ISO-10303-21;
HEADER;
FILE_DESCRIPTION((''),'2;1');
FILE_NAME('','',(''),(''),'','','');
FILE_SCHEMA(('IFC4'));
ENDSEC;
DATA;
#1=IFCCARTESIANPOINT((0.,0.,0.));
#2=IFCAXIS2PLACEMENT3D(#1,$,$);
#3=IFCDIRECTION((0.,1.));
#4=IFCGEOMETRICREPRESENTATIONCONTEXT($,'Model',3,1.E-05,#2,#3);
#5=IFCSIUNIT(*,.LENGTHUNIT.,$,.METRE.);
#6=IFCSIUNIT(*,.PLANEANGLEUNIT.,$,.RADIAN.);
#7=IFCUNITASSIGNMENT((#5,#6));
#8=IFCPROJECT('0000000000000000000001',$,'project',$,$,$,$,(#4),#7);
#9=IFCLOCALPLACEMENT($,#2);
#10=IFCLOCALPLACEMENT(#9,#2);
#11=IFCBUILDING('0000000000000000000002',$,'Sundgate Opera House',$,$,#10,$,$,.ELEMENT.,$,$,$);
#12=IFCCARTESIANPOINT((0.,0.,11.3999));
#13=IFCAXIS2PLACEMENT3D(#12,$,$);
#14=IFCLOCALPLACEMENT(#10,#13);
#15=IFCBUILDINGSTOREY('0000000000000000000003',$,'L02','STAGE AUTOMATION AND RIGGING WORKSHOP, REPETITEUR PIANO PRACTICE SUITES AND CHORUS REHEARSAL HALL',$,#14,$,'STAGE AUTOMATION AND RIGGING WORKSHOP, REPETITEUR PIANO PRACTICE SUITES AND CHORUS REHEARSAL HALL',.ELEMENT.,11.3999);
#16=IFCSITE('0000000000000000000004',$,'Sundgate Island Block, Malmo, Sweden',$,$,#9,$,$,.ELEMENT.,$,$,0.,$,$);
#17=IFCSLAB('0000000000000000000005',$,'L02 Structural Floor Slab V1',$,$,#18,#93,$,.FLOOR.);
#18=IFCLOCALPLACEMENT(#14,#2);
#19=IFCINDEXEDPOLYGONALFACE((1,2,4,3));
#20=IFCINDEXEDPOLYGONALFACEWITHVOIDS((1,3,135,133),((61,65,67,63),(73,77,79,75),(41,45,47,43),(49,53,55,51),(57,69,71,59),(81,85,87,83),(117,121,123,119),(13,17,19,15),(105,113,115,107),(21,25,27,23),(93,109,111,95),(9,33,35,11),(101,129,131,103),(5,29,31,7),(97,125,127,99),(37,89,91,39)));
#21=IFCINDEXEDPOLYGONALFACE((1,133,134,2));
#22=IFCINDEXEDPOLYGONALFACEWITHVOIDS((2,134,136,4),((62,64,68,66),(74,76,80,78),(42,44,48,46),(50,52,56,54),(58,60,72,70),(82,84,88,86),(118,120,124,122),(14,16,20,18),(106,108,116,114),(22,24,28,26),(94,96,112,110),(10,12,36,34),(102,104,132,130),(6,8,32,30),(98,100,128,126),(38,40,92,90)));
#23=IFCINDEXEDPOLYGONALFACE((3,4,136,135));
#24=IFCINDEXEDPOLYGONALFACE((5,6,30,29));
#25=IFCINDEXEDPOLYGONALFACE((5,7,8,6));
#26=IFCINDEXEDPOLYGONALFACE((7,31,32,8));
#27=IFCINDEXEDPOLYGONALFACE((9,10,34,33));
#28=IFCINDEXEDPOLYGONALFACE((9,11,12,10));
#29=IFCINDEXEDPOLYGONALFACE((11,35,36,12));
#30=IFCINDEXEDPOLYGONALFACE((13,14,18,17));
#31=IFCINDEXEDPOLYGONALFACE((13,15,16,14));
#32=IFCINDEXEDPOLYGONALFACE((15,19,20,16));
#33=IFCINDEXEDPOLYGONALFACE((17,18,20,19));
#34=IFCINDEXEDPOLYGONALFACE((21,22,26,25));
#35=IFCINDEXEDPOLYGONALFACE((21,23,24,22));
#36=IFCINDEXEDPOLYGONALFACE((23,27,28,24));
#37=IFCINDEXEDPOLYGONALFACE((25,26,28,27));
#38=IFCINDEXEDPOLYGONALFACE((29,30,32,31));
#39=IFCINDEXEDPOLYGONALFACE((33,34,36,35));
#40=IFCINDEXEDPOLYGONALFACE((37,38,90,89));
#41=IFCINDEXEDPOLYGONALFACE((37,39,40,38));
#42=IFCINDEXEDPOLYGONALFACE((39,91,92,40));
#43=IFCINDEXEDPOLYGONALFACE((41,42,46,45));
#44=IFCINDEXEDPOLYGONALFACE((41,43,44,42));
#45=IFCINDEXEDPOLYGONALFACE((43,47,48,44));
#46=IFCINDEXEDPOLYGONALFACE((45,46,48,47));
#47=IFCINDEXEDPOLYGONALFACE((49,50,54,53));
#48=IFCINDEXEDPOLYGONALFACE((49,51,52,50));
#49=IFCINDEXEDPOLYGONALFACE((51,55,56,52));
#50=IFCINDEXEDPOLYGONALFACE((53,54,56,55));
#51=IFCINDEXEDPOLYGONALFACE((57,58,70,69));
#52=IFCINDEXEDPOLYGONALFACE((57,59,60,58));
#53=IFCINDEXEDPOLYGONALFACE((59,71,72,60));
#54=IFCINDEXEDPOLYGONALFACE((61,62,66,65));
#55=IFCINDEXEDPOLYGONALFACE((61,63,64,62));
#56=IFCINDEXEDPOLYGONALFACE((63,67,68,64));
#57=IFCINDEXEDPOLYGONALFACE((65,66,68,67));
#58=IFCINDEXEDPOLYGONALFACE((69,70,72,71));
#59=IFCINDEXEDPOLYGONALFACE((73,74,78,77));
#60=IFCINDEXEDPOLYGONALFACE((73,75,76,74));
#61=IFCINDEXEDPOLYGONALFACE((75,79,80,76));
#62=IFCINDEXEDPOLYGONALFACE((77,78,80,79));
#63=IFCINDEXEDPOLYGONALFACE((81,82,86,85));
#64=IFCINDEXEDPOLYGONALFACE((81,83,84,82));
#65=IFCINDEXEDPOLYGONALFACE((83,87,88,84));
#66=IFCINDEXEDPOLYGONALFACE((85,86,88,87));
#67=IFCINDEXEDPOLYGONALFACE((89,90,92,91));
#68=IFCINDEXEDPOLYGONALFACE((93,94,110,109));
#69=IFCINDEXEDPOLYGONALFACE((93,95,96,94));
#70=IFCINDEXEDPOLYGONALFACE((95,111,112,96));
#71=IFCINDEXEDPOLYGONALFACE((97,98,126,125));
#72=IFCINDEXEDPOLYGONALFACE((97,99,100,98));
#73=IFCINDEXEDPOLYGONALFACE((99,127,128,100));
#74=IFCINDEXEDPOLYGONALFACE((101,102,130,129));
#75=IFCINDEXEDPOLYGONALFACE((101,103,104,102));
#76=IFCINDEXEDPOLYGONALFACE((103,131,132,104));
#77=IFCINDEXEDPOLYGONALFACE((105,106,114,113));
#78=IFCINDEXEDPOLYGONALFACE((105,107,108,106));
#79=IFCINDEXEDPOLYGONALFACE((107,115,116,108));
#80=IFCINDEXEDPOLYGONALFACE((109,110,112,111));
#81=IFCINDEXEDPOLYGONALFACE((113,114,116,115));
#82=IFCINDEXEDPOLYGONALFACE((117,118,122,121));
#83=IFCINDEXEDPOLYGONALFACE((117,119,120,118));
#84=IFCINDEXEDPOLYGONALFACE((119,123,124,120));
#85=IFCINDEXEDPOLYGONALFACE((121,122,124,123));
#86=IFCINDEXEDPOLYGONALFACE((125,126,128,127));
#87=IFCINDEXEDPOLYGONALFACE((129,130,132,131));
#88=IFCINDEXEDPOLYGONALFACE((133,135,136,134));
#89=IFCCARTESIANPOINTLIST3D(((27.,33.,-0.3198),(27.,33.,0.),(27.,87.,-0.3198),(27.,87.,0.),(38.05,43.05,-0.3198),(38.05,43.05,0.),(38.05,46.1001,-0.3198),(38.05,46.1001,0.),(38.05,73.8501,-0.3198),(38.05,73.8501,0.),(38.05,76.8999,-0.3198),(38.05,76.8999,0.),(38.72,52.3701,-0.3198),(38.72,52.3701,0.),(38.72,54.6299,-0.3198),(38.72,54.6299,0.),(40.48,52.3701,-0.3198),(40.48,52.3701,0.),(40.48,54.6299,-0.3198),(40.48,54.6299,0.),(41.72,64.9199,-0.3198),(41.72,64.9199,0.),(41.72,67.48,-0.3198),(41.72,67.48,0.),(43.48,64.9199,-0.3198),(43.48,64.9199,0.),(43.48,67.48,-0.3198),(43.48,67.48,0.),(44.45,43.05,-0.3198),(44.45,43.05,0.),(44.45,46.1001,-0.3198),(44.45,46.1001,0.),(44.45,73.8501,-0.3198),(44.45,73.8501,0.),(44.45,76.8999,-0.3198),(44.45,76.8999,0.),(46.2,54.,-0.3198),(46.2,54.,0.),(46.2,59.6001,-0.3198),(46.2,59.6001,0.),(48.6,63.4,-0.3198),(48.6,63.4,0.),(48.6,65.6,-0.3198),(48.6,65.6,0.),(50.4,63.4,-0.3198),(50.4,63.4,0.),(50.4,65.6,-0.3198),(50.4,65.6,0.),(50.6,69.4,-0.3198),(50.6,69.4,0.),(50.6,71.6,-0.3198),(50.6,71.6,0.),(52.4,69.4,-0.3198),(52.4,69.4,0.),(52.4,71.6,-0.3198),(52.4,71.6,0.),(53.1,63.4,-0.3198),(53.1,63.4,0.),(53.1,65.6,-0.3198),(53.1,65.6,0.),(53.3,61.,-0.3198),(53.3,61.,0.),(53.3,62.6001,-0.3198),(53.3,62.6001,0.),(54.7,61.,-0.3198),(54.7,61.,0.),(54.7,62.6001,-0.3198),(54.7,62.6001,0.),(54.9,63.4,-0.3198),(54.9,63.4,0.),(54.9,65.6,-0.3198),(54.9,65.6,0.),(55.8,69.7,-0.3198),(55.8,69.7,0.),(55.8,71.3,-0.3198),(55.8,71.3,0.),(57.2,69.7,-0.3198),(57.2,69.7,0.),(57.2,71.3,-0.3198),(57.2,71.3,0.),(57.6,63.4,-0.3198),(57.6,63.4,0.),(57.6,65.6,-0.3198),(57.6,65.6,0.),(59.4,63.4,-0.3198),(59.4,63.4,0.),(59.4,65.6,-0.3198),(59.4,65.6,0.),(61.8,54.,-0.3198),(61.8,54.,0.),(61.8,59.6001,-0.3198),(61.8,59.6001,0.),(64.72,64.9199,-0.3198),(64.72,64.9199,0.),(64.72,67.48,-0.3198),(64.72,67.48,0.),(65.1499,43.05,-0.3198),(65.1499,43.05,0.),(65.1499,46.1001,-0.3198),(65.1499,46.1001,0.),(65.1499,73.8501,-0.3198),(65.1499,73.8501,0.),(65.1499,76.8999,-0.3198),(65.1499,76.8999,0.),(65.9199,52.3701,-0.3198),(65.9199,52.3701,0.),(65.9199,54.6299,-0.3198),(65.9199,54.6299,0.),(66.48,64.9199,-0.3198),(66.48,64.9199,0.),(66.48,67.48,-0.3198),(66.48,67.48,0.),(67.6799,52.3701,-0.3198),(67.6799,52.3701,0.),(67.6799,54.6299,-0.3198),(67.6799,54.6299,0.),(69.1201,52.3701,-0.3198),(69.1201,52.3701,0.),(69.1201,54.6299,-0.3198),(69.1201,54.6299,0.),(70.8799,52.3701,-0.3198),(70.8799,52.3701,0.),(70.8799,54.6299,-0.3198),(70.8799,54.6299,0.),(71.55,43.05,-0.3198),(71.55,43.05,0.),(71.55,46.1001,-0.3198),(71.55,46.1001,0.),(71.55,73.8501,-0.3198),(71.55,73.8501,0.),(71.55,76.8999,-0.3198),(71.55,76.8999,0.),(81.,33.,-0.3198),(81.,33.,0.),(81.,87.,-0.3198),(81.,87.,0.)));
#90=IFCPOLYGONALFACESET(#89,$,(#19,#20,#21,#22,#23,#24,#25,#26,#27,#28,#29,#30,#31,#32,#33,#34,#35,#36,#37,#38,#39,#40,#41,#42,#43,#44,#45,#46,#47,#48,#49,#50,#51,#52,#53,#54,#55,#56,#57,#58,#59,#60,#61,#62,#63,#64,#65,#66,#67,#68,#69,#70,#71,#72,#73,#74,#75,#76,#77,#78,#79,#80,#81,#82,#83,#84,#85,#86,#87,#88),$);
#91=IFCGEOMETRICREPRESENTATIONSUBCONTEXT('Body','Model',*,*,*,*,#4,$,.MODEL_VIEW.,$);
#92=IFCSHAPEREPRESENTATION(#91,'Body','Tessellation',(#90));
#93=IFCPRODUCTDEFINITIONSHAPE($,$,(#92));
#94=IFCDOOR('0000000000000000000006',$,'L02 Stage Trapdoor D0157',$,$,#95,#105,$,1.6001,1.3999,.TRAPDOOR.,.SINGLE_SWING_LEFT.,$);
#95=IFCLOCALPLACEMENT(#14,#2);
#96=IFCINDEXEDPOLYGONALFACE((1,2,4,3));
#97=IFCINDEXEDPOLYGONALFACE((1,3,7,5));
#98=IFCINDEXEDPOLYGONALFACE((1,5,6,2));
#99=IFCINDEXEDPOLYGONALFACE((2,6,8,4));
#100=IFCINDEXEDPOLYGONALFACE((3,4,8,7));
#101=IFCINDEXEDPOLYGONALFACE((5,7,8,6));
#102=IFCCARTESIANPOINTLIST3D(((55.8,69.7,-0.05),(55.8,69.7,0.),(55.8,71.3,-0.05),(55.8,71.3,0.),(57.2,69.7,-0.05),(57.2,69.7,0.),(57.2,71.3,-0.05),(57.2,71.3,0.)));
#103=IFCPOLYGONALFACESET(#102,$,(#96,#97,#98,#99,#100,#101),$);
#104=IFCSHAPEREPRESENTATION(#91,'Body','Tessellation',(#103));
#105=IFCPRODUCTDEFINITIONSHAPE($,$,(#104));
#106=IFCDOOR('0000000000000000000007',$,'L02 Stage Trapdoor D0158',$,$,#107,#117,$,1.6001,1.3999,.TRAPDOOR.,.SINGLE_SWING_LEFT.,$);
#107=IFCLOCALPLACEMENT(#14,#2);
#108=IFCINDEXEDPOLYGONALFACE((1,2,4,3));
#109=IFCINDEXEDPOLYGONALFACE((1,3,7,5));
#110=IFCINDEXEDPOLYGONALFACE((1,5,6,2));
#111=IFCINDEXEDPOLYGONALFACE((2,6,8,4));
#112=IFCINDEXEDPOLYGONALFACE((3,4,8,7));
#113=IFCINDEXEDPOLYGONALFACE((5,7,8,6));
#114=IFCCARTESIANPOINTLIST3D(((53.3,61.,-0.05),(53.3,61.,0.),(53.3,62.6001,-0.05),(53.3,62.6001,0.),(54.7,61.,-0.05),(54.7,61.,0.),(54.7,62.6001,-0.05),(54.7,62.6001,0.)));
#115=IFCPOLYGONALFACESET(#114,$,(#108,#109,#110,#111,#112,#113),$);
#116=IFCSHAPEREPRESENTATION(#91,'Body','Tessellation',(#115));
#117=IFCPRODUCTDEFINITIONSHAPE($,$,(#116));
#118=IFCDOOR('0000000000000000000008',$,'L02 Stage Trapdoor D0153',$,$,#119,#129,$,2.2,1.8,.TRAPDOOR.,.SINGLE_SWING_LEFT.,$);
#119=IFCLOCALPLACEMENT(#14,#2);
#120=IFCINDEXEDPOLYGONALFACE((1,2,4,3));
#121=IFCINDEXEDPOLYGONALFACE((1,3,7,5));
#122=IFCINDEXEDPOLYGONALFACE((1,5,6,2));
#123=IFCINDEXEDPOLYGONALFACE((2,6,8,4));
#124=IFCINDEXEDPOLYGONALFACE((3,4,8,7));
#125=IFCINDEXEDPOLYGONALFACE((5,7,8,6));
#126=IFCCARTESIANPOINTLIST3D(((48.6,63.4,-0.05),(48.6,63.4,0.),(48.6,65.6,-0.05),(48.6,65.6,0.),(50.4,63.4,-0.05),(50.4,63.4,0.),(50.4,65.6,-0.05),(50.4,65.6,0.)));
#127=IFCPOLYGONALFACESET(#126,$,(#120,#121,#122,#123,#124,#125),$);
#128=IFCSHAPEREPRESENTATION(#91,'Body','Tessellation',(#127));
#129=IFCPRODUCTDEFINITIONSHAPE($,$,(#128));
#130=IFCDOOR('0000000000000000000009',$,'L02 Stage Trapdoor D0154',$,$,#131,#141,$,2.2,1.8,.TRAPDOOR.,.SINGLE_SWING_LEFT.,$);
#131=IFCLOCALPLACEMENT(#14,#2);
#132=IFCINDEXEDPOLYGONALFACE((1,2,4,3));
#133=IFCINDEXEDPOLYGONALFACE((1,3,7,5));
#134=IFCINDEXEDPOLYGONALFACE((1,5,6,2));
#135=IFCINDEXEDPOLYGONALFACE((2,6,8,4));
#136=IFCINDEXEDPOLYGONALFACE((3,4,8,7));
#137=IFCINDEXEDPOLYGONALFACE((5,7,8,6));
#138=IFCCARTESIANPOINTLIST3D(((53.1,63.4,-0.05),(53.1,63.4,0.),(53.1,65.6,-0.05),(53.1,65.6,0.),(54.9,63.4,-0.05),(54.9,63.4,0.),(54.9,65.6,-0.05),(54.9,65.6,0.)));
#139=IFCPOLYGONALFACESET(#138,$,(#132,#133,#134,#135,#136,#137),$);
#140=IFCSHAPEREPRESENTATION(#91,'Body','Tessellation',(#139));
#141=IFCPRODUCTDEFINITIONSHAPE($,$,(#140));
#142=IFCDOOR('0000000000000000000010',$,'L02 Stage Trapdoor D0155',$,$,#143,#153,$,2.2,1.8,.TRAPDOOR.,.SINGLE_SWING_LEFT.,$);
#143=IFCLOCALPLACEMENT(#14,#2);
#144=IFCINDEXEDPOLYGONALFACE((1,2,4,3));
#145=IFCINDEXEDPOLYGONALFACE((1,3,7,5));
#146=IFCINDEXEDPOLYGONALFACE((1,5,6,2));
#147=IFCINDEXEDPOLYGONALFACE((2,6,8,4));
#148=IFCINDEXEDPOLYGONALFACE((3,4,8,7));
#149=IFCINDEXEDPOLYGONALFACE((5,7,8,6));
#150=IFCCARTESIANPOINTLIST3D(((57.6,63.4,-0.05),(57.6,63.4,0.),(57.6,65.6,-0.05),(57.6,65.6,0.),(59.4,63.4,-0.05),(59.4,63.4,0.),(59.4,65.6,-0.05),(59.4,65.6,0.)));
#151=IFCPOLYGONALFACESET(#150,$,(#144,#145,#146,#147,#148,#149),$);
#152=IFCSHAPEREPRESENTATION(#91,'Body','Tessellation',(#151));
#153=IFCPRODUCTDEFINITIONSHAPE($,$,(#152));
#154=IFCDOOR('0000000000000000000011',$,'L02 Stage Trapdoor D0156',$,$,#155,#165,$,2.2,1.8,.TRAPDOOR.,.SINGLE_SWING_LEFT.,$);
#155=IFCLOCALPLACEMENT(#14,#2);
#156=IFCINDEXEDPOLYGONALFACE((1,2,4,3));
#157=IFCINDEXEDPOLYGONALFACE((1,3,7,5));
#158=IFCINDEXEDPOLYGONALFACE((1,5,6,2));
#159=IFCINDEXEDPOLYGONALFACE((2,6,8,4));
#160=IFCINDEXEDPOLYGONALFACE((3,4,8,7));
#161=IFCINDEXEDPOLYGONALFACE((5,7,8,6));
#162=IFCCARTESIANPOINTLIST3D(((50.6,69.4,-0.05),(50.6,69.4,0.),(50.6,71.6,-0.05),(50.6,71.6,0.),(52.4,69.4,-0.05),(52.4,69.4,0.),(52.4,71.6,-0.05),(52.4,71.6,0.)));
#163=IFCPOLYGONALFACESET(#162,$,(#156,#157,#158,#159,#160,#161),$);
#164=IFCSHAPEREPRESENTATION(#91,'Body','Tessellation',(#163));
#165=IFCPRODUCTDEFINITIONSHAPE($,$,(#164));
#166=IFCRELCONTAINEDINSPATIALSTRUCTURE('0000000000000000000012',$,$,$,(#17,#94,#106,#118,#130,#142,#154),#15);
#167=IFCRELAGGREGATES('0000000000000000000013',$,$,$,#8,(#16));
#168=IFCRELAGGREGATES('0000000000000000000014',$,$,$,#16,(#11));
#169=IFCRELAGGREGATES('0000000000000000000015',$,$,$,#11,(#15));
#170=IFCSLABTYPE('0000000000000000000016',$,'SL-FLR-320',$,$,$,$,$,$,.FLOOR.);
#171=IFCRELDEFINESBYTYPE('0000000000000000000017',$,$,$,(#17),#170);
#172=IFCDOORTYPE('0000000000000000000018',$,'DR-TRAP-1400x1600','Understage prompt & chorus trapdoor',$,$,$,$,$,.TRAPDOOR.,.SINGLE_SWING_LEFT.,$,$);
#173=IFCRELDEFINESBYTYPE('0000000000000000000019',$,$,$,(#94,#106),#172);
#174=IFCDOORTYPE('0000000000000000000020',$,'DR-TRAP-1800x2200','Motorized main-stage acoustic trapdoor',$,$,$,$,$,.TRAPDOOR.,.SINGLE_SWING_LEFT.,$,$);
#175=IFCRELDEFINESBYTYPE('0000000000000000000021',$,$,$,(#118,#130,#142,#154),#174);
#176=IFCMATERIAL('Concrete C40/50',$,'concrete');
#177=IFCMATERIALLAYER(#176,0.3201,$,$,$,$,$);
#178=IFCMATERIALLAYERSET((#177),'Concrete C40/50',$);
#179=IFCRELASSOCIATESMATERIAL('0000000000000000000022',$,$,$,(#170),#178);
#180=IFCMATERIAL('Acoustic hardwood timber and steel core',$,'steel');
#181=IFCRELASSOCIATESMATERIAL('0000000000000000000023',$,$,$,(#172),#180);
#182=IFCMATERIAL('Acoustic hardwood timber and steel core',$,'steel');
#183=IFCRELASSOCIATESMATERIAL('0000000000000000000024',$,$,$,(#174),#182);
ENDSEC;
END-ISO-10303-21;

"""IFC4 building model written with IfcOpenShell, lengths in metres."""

from ifc_helpers import new_model, si_unit, direction, frame, origin, origin_2d, place, context, subcontext, project, spatial, polyline, rectangle, outline, extrude, material, layer, layer_set, type_object, element, fill, save


model = new_model("IFC4")

# Units and contexts
model_context = context("Model", 3, precision=1e-05, world=origin(), true_north=direction((0.0, 1.0)))
body_context = subcontext(model_context, "Body", "Model", "MODEL_VIEW")
ifc_project = project(units=[si_unit("LENGTHUNIT", "METRE"), si_unit("PLANEANGLEUNIT", "RADIAN")], contexts=[model_context])

# Site, building, storey
site_placement = place(None, origin())
site = spatial("IfcSite", under=ifc_project, at=site_placement, Name="Sundgate Island Block, Malmo, Sweden", CompositionType="ELEMENT", RefElevation=0.0)
building_placement = place(site_placement, origin())
building = spatial("IfcBuilding", under=site, at=building_placement, Name="Sundgate Opera House", CompositionType="ELEMENT")
storey_placement = place(building_placement, frame((0.0, 0.0, 11.3999)))
storey = spatial("IfcBuildingStorey", under=building, at=storey_placement, Name="L02", Description="STAGE AUTOMATION AND RIGGING WORKSHOP, REPETITEUR PIANO PRACTICE SUITES AND CHORUS REHEARSAL HALL", LongName="STAGE AUTOMATION AND RIGGING WORKSHOP, REPETITEUR PIANO PRACTICE SUITES AND CHORUS REHEARSAL HALL", CompositionType="ELEMENT", Elevation=11.3999)

# Slab, openings, doors
ifc_material_1 = material(Name="Concrete C40/50", Category="concrete")
ifc_layer_1 = layer(ifc_material_1, 0.3201)
ifc_layer_set_1 = layer_set([ifc_layer_1], Name="Concrete C40/50")
slab_type_1 = type_object("IfcSlabType", Name="SL-FLR-320", PredefinedType="FLOOR", material=ifc_layer_set_1)
slab_1_placement = place(storey_placement, frame((0.0, 0.0, -0.3198)))
slab_1 = element("IfcSlab", 1, at=slab_1_placement, inside=storey, type_object=slab_type_1, Name="L02 Structural Floor Slab V1", PredefinedType="FLOOR", context=body_context, shape_type="SweptSolid", body=[
    extrude(outline(polyline([(27.0, 33.0), (81.0, 33.0), (81.0, 87.0), (27.0, 87.0), (27.0, 33.0)]), holes=[polyline([(46.2, 59.6001), (61.8, 59.6001), (61.8, 54.0), (46.2, 54.0), (46.2, 59.6001)]), polyline([(38.05, 46.1001), (44.45, 46.1001), (44.45, 43.05), (38.05, 43.05), (38.05, 46.1001)]), polyline([(38.05, 76.8999), (44.45, 76.8999), (44.45, 73.8501), (38.05, 73.8501), (38.05, 76.8999)]), polyline([(65.1499, 46.1001), (71.55, 46.1001), (71.55, 43.05), (65.1499, 43.05), (65.1499, 46.1001)]), polyline([(65.1499, 76.8999), (71.55, 76.8999), (71.55, 73.8501), (65.1499, 73.8501), (65.1499, 76.8999)]), polyline([(65.9199, 54.6299), (67.6799, 54.6299), (67.6799, 52.3701), (65.9199, 52.3701), (65.9199, 54.6299)]), polyline([(69.1201, 54.6299), (70.8799, 54.6299), (70.8799, 52.3701), (69.1201, 52.3701), (69.1201, 54.6299)]), polyline([(38.72, 54.6299), (40.48, 54.6299), (40.48, 52.3701), (38.72, 52.3701), (38.72, 54.6299)]), polyline([(41.72, 67.48), (43.48, 67.48), (43.48, 64.9199), (41.72, 64.9199), (41.72, 67.48)]), polyline([(64.72, 67.48), (66.48, 67.48), (66.48, 64.9199), (64.72, 64.9199), (64.72, 67.48)])]), origin(), (0.0, 0.0, 1.0), 0.3198),
])
opening_1_placement = place(slab_1_placement, frame((49.5, 64.5, 0.0)))
opening_1 = element("IfcOpeningElement", 2, at=opening_1_placement, cuts=slab_1, PredefinedType="OPENING", context=body_context, shape_type="SweptSolid", body=[
    extrude(rectangle(XDim=1.8, YDim=2.2, at=origin_2d()), origin(), (0.0, 0.0, 1.0), 0.3198),
])
opening_2_placement = place(slab_1_placement, frame((54.0, 64.5, 0.0)))
opening_2 = element("IfcOpeningElement", 3, at=opening_2_placement, cuts=slab_1, PredefinedType="OPENING", context=body_context, shape_type="SweptSolid", body=[
    extrude(rectangle(XDim=1.8, YDim=2.2, at=origin_2d()), origin(), (0.0, 0.0, 1.0), 0.3198),
])
opening_3_placement = place(slab_1_placement, frame((58.5, 64.5, 0.0)))
opening_3 = element("IfcOpeningElement", 4, at=opening_3_placement, cuts=slab_1, PredefinedType="OPENING", context=body_context, shape_type="SweptSolid", body=[
    extrude(rectangle(XDim=1.8, YDim=2.2, at=origin_2d()), origin(), (0.0, 0.0, 1.0), 0.3198),
])
opening_4_placement = place(slab_1_placement, frame((51.5, 70.5, 0.0)))
opening_4 = element("IfcOpeningElement", 5, at=opening_4_placement, cuts=slab_1, PredefinedType="OPENING", context=body_context, shape_type="SweptSolid", body=[
    extrude(rectangle(XDim=1.8, YDim=2.2, at=origin_2d()), origin(), (0.0, 0.0, 1.0), 0.3198),
])
opening_5_placement = place(slab_1_placement, frame((56.5, 70.5, 0.0)))
opening_5 = element("IfcOpeningElement", 6, at=opening_5_placement, cuts=slab_1, PredefinedType="OPENING", context=body_context, shape_type="SweptSolid", body=[
    extrude(rectangle(XDim=1.3999, YDim=1.6001, at=origin_2d()), origin(), (0.0, 0.0, 1.0), 0.3198),
])
opening_6_placement = place(slab_1_placement, frame((54.0, 61.8, 0.0)))
opening_6 = element("IfcOpeningElement", 7, at=opening_6_placement, cuts=slab_1, PredefinedType="OPENING", context=body_context, shape_type="SweptSolid", body=[
    extrude(rectangle(XDim=1.3999, YDim=1.6001, at=origin_2d()), origin(), (0.0, 0.0, 1.0), 0.3198),
])
ifc_material_2 = material(Name="Acoustic hardwood timber and steel core", Category="steel")
door_type_1 = type_object("IfcDoorType", Name="DR-TRAP-1400x1600", Description="Understage prompt & chorus trapdoor", OperationType="SINGLE_SWING_LEFT", PredefinedType="TRAPDOOR", material=ifc_material_2)
door_1_placement = place(opening_5_placement, frame((0.0, 0.0, 0.2698)))
door_1 = element("IfcDoor", 8, at=door_1_placement, inside=storey, type_object=door_type_1, Name="L02 Stage Trapdoor D0157", OperationType="SINGLE_SWING_LEFT", OverallHeight=1.6001, OverallWidth=1.3999, PredefinedType="TRAPDOOR", context=body_context, shape_type="SweptSolid", body=[
    extrude(rectangle(XDim=1.3999, YDim=1.6001, at=origin_2d()), origin(), (0.0, 0.0, 1.0), 0.05),
])
fill(opening_5, door_1)
door_2_placement = place(opening_6_placement, frame((0.0, 0.0, 0.2698)))
door_2 = element("IfcDoor", 9, at=door_2_placement, inside=storey, type_object=door_type_1, Name="L02 Stage Trapdoor D0158", OperationType="SINGLE_SWING_LEFT", OverallHeight=1.6001, OverallWidth=1.3999, PredefinedType="TRAPDOOR", context=body_context, shape_type="SweptSolid", body=[
    extrude(rectangle(XDim=1.3999, YDim=1.6001, at=origin_2d()), origin(), (0.0, 0.0, 1.0), 0.05),
])
fill(opening_6, door_2)
ifc_material_3 = material(Name="Acoustic hardwood timber and steel core", Category="steel")
door_type_2 = type_object("IfcDoorType", Name="DR-TRAP-1800x2200", Description="Motorized main-stage acoustic trapdoor", OperationType="SINGLE_SWING_LEFT", PredefinedType="TRAPDOOR", material=ifc_material_3)
door_3_placement = place(opening_1_placement, frame((0.0, 0.0, 0.2698)))
door_3 = element("IfcDoor", 10, at=door_3_placement, inside=storey, type_object=door_type_2, Name="L02 Stage Trapdoor D0153", OperationType="SINGLE_SWING_LEFT", OverallHeight=2.2, OverallWidth=1.8, PredefinedType="TRAPDOOR", context=body_context, shape_type="SweptSolid", body=[
    extrude(rectangle(XDim=1.8, YDim=2.2, at=origin_2d()), origin(), (0.0, 0.0, 1.0), 0.05),
])
fill(opening_1, door_3)
door_4_placement = place(opening_2_placement, frame((0.0, 0.0, 0.2698)))
door_4 = element("IfcDoor", 11, at=door_4_placement, inside=storey, type_object=door_type_2, Name="L02 Stage Trapdoor D0154", OperationType="SINGLE_SWING_LEFT", OverallHeight=2.2, OverallWidth=1.8, PredefinedType="TRAPDOOR", context=body_context, shape_type="SweptSolid", body=[
    extrude(rectangle(XDim=1.8, YDim=2.2, at=origin_2d()), origin(), (0.0, 0.0, 1.0), 0.05),
])
fill(opening_2, door_4)
door_5_placement = place(opening_3_placement, frame((0.0, 0.0, 0.2698)))
door_5 = element("IfcDoor", 12, at=door_5_placement, inside=storey, type_object=door_type_2, Name="L02 Stage Trapdoor D0155", OperationType="SINGLE_SWING_LEFT", OverallHeight=2.2, OverallWidth=1.8, PredefinedType="TRAPDOOR", context=body_context, shape_type="SweptSolid", body=[
    extrude(rectangle(XDim=1.8, YDim=2.2, at=origin_2d()), origin(), (0.0, 0.0, 1.0), 0.05),
])
fill(opening_3, door_5)
door_6_placement = place(opening_4_placement, frame((0.0, 0.0, 0.2698)))
door_6 = element("IfcDoor", 13, at=door_6_placement, inside=storey, type_object=door_type_2, Name="L02 Stage Trapdoor D0156", OperationType="SINGLE_SWING_LEFT", OverallHeight=2.2, OverallWidth=1.8, PredefinedType="TRAPDOOR", context=body_context, shape_type="SweptSolid", body=[
    extrude(rectangle(XDim=1.8, YDim=2.2, at=origin_2d()), origin(), (0.0, 0.0, 1.0), 0.05),
])
fill(opening_4, door_6)

save(model, "model.ifc")
